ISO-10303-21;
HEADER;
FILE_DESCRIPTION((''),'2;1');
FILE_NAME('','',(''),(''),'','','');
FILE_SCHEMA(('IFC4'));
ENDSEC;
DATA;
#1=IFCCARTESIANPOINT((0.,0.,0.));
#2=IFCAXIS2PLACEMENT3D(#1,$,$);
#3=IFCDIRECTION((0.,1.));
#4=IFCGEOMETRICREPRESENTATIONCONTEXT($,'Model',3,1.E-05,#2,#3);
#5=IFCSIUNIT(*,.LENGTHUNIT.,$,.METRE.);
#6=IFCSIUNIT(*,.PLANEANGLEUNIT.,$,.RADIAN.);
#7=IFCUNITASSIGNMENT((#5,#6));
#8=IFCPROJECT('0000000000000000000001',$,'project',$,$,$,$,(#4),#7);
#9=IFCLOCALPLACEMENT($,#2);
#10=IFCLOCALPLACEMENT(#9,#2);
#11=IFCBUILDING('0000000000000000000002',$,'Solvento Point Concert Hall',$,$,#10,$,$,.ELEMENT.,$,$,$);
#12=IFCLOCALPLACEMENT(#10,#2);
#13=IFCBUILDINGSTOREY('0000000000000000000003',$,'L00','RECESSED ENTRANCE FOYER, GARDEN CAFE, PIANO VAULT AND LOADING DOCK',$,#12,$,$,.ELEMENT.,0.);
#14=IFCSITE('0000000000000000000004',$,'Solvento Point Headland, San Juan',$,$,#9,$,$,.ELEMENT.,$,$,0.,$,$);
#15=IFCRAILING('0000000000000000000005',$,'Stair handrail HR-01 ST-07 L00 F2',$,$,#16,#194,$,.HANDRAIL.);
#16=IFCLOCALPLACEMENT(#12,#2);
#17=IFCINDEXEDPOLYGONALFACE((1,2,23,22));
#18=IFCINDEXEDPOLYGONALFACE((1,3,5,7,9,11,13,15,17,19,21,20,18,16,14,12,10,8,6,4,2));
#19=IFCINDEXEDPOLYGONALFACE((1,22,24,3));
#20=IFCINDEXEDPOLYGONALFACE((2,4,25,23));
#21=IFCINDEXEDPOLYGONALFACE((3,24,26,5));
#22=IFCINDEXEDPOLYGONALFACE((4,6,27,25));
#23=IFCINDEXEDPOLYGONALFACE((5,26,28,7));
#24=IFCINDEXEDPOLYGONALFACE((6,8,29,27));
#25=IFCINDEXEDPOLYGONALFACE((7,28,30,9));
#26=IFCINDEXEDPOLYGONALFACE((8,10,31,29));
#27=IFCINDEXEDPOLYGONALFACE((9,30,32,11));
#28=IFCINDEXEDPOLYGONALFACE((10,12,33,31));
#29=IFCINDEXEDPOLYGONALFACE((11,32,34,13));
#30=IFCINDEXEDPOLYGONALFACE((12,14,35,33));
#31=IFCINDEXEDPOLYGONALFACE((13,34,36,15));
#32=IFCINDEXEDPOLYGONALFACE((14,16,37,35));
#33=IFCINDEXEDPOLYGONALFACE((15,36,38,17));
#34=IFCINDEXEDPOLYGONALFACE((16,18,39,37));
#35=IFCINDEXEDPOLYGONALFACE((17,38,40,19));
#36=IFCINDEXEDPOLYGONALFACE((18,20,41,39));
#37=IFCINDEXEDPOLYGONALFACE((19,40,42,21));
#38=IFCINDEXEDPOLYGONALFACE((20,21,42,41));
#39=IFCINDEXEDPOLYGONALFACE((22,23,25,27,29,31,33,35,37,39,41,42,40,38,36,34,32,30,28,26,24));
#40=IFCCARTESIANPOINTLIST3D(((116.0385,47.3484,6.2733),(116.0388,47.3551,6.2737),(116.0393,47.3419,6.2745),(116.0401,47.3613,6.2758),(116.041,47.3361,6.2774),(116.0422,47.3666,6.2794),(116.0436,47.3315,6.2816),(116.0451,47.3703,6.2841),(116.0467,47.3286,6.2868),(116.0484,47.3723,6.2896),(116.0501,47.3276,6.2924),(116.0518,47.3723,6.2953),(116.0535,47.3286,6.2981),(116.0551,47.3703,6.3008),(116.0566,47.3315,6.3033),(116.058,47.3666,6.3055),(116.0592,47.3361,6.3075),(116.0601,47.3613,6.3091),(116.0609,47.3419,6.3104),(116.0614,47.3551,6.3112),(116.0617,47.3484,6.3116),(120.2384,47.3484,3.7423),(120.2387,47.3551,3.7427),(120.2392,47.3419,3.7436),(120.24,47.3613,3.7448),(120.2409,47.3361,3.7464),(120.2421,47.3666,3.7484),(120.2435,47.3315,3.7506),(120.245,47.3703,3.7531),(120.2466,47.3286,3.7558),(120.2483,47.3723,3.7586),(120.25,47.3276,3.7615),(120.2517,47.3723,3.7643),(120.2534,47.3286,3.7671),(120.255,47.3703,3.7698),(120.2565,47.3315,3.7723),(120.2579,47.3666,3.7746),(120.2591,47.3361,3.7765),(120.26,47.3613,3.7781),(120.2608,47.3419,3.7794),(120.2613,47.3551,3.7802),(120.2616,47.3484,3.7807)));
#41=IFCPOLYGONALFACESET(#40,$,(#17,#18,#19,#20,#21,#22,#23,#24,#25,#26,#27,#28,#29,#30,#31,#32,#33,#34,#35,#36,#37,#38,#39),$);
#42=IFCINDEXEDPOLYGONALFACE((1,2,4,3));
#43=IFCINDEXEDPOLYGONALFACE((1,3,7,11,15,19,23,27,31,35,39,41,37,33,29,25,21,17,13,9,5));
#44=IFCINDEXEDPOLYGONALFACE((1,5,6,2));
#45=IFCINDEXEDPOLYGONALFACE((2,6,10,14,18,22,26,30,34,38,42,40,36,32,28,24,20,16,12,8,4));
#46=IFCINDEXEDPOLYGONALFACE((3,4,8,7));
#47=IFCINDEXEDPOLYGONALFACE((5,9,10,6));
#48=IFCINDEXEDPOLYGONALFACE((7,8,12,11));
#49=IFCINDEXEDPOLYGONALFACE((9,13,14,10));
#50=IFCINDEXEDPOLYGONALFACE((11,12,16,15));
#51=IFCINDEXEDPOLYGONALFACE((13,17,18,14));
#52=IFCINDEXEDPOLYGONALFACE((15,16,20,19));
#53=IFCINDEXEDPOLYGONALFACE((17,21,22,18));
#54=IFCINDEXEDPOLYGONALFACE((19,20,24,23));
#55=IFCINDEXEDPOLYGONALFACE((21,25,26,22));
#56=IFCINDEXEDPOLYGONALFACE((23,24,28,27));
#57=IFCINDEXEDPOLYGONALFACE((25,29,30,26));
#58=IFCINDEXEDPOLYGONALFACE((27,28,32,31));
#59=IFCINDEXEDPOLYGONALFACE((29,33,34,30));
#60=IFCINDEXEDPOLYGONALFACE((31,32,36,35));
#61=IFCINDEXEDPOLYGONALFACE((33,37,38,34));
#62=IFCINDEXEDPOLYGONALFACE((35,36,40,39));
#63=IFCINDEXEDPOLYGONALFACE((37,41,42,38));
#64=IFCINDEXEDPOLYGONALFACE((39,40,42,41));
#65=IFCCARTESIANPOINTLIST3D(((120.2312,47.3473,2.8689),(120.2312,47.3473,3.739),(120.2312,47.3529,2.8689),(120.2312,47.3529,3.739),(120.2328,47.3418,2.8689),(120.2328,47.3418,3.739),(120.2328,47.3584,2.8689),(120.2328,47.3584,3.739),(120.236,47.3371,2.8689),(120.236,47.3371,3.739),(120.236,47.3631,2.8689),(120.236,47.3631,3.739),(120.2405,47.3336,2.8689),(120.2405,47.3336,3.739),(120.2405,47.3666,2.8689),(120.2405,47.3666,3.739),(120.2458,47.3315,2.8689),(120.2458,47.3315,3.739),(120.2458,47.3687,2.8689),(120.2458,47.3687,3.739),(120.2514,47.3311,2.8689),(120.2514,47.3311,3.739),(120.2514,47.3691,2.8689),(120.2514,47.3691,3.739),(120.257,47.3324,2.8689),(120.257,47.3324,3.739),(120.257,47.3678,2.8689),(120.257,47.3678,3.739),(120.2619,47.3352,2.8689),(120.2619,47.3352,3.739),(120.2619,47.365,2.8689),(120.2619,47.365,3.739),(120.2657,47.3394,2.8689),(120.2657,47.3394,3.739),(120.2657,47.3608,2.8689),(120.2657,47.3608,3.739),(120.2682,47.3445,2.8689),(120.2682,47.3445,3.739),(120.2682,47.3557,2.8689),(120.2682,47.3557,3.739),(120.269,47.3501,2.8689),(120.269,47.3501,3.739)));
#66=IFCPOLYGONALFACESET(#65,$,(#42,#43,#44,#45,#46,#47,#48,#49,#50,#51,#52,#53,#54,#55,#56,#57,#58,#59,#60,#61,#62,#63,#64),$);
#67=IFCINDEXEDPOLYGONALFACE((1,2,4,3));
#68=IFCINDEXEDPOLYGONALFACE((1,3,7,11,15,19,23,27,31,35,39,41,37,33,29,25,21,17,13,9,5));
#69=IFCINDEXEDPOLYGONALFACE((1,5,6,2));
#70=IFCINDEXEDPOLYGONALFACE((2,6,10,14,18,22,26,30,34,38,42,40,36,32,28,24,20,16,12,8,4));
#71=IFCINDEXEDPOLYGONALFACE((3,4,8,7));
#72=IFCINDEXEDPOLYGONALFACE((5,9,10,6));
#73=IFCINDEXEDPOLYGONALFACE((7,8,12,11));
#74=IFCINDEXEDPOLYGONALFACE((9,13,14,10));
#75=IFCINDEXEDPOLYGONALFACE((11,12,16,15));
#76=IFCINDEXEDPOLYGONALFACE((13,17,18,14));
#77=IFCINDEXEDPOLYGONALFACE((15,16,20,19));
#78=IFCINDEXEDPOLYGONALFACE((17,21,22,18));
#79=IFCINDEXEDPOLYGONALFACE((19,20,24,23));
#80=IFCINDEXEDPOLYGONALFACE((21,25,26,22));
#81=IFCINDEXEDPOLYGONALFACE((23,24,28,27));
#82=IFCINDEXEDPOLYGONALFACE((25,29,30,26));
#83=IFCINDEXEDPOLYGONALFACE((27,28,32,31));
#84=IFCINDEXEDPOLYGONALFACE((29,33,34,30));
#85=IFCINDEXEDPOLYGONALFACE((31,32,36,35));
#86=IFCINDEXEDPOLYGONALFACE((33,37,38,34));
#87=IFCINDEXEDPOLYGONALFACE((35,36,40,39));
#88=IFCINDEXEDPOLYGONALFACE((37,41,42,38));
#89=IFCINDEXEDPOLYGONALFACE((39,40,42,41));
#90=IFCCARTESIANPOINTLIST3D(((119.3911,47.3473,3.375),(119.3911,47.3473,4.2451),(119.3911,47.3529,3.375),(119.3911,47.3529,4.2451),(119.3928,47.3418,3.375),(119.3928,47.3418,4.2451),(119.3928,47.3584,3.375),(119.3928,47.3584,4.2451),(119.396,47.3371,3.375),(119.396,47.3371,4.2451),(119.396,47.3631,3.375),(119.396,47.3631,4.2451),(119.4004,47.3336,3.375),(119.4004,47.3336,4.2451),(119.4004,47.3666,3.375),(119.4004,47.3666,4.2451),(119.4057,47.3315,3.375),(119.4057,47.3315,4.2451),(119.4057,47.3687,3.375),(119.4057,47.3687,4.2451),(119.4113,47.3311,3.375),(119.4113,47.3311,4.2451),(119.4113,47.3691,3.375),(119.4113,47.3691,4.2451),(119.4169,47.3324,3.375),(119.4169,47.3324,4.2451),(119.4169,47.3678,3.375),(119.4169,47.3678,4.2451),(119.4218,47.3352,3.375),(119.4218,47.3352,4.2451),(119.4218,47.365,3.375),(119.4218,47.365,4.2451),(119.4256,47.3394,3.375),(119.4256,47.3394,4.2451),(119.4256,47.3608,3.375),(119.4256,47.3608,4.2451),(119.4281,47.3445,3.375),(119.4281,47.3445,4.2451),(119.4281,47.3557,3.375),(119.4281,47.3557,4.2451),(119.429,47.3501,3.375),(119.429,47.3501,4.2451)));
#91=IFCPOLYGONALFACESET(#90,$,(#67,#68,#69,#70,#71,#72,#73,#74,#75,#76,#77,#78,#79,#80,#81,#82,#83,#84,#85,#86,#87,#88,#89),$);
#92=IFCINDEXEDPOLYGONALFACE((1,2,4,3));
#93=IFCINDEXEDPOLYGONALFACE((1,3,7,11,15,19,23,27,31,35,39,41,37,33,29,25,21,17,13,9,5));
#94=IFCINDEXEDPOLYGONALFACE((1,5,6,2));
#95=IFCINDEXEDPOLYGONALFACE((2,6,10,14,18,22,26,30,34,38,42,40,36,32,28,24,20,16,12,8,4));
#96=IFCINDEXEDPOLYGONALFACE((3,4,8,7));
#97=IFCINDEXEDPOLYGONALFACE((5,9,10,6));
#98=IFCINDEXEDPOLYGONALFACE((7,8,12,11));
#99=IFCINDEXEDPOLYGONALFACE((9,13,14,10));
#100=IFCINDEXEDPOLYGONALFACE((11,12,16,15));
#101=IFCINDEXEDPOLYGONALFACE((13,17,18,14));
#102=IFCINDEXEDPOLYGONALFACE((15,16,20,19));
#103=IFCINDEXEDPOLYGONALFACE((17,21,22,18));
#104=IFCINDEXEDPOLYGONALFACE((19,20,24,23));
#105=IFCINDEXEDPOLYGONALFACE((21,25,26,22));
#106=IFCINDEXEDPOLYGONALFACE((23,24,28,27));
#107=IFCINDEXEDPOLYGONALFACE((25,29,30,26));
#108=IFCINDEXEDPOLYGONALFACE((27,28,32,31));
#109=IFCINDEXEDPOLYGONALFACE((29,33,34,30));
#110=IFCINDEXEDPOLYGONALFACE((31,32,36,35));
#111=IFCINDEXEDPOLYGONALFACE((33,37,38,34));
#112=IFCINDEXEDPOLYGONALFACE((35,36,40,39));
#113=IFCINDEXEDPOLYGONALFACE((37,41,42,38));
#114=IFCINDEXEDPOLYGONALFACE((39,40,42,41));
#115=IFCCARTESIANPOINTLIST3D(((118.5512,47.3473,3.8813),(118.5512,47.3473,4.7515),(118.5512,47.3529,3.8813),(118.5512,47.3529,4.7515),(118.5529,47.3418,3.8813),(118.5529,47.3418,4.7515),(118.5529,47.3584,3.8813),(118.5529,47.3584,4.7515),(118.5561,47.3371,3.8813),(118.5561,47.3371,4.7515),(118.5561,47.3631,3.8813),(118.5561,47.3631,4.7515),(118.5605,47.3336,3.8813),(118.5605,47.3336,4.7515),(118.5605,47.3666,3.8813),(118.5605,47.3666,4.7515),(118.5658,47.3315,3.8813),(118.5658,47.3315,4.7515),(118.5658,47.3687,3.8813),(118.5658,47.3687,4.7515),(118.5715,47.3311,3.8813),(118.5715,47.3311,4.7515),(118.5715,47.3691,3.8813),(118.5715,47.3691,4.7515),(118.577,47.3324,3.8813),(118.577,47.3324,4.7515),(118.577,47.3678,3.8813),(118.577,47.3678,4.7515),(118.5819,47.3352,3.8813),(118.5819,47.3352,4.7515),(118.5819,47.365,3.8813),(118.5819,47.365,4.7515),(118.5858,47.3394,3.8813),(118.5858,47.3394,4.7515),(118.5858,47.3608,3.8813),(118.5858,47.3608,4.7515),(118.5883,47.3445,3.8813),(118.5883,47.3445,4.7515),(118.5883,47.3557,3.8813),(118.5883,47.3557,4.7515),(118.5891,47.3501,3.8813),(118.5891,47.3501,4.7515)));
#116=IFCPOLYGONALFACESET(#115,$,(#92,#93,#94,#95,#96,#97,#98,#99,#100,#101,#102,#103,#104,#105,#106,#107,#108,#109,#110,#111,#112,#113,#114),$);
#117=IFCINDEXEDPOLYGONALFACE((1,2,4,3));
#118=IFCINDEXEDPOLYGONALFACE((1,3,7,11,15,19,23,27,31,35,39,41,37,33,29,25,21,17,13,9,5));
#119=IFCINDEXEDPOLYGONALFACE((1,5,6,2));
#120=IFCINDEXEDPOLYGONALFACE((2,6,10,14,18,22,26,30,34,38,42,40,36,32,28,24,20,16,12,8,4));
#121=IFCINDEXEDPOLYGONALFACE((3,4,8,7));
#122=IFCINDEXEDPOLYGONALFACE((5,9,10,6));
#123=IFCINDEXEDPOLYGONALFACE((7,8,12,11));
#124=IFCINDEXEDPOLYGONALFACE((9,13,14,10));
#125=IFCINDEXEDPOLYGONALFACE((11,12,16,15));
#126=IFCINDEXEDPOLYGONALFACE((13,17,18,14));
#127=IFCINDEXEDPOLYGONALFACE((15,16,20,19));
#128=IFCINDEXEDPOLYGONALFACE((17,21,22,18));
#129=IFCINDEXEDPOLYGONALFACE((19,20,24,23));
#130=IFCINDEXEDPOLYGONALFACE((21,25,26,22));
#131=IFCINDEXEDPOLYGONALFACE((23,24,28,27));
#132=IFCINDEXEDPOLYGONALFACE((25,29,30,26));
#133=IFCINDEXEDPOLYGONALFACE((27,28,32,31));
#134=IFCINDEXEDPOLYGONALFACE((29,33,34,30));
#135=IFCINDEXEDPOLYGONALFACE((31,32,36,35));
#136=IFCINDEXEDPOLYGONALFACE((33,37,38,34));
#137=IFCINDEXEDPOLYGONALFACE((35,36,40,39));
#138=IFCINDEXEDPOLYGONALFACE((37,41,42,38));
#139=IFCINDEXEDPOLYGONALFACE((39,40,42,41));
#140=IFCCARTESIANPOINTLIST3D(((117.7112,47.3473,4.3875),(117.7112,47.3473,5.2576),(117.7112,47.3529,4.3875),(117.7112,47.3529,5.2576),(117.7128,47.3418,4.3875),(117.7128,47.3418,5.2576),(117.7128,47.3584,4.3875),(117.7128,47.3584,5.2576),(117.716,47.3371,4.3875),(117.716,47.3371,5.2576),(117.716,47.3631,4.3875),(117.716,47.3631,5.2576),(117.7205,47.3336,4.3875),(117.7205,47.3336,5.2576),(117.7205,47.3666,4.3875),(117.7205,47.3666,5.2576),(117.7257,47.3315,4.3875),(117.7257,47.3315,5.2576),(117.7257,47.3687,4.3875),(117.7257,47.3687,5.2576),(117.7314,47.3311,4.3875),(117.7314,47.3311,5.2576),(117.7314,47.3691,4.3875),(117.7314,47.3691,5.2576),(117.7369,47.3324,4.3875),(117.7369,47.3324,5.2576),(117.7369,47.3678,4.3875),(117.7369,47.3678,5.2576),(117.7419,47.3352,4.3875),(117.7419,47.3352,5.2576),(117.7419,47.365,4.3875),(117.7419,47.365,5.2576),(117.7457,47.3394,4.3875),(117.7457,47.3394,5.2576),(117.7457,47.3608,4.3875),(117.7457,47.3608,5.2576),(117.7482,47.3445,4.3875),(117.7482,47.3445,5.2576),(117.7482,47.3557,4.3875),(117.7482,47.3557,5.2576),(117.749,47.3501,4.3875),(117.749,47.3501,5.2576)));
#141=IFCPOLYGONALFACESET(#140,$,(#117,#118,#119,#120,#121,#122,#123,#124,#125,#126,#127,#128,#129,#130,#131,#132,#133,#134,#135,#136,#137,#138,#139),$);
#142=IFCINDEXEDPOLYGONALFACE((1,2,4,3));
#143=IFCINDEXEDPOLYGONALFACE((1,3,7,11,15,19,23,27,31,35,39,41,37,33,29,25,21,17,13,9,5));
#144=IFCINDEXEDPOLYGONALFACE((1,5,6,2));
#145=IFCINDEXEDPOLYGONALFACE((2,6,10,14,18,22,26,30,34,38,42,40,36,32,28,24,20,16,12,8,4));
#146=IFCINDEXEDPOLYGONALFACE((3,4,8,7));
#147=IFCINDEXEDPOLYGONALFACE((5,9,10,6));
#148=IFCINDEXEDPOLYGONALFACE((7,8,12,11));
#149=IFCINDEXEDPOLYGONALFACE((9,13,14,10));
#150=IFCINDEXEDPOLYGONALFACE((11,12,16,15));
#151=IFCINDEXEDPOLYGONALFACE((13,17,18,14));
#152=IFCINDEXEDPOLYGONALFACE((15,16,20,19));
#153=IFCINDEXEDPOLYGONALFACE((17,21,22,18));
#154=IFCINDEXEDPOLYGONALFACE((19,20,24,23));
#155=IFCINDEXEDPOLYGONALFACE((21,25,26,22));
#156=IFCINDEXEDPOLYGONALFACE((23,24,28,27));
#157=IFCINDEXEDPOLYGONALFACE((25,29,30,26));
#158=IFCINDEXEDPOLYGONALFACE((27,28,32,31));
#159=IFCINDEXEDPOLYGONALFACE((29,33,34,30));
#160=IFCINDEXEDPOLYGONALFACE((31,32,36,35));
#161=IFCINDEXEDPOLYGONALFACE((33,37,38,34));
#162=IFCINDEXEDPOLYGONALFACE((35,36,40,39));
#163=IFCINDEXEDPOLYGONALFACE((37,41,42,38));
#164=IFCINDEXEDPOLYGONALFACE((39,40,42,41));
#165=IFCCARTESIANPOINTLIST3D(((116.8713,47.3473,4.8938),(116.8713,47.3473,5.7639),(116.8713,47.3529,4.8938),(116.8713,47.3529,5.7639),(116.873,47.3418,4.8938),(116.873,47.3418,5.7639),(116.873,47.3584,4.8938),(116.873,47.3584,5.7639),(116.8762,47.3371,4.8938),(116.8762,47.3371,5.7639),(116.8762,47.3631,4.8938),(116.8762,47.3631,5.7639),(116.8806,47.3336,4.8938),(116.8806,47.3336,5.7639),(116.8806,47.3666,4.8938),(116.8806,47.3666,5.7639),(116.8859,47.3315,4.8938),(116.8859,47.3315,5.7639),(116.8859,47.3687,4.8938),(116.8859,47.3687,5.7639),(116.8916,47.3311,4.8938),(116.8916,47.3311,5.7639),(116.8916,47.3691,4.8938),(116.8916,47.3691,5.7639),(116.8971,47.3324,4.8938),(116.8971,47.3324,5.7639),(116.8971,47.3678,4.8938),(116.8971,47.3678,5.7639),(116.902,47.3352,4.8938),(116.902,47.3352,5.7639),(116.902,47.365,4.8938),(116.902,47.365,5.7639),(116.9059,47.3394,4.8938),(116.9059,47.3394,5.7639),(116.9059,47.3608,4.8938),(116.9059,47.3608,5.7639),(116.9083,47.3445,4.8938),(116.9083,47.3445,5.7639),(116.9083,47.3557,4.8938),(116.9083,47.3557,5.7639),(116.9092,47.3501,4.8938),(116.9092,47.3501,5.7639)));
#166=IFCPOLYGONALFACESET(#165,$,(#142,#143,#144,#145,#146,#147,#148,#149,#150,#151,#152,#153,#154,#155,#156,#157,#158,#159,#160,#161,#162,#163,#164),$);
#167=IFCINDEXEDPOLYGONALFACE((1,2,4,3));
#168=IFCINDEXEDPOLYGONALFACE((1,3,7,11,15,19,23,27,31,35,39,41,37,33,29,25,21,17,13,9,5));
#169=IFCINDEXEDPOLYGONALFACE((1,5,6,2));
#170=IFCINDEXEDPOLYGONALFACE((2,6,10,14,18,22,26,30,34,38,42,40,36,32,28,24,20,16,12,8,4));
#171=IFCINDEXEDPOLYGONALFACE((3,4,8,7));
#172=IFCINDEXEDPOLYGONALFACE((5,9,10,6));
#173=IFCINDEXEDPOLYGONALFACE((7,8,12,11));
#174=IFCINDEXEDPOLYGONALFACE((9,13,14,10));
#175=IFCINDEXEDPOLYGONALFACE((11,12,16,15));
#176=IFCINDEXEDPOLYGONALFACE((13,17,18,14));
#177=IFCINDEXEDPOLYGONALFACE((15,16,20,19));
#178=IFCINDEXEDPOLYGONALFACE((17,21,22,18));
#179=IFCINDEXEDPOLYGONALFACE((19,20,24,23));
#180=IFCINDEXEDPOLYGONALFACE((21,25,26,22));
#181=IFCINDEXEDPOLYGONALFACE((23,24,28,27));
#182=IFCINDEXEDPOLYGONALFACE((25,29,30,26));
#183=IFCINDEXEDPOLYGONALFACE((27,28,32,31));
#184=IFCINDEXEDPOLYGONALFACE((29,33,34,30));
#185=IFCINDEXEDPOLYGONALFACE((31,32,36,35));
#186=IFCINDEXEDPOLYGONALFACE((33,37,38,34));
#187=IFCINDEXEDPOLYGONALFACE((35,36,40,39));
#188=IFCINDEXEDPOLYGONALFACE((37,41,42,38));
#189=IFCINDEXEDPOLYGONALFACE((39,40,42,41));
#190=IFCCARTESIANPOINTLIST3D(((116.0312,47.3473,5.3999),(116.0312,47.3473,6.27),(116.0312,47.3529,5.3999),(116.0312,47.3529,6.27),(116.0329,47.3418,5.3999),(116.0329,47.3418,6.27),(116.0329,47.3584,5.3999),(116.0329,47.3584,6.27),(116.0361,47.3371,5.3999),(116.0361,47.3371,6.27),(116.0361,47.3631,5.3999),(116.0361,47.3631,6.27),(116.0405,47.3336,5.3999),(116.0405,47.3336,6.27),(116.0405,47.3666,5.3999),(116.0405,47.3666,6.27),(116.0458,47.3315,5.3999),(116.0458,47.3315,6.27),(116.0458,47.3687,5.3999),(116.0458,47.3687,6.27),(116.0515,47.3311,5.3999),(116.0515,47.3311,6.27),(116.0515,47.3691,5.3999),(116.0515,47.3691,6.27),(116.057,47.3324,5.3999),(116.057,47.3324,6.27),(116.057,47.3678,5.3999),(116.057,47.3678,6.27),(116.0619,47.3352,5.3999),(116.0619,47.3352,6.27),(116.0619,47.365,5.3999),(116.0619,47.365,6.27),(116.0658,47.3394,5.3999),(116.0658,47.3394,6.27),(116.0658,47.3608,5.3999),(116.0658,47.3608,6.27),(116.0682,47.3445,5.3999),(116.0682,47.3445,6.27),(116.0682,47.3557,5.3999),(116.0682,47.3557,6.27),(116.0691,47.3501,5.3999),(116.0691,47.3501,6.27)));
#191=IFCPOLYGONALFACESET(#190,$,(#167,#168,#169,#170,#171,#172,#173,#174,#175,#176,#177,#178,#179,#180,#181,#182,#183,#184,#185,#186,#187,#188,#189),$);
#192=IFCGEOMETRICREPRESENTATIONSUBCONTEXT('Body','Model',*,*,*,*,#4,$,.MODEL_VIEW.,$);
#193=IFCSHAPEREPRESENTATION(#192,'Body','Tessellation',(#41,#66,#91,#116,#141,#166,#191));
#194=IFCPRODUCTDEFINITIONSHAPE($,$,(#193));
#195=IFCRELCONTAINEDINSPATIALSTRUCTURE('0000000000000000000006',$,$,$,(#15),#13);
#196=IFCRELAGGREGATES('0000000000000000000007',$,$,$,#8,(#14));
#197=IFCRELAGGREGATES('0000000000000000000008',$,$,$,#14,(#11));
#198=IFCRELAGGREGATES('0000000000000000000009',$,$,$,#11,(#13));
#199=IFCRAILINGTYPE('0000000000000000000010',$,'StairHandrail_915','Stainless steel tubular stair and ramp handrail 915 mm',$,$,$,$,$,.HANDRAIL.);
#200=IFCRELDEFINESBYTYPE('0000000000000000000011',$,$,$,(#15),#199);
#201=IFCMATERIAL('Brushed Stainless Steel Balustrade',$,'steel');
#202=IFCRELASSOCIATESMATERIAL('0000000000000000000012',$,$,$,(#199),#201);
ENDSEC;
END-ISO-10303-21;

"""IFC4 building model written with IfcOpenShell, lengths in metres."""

from ifc_helpers import new_model, si_unit, direction, frame, origin, origin_2d, place, context, subcontext, project, spatial, circle, extrude, material, type_object, element, save


model = new_model("IFC4")

# Units and contexts
model_context = context("Model", 3, precision=1e-05, world=origin(), true_north=direction((0.0, 1.0)))
body_context = subcontext(model_context, "Body", "Model", "MODEL_VIEW")
ifc_project = project(units=[si_unit("LENGTHUNIT", "METRE"), si_unit("PLANEANGLEUNIT", "RADIAN")], contexts=[model_context])

# Site, building, storey
site_placement = place(None, origin())
site = spatial("IfcSite", under=ifc_project, at=site_placement, Name="Solvento Point Headland, San Juan", CompositionType="ELEMENT", RefElevation=0.0)
building_placement = place(site_placement, origin())
building = spatial("IfcBuilding", under=site, at=building_placement, Name="Solvento Point Concert Hall", CompositionType="ELEMENT")
storey_placement = place(building_placement, origin())
storey = spatial("IfcBuildingStorey", under=building, at=storey_placement, Name="L00", Description="RECESSED ENTRANCE FOYER, GARDEN CAFE, PIANO VAULT AND LOADING DOCK", CompositionType="ELEMENT", Elevation=0.0)

# Railing
ifc_material_1 = material(Name="Brushed Stainless Steel Balustrade", Category="steel")
railing_type_1 = type_object("IfcRailingType", Name="StairHandrail_915", Description="Stainless steel tubular stair and ramp handrail 915 mm", PredefinedType="HANDRAIL", material=ifc_material_1)
railing_1_placement = place(storey_placement, frame((120.25, 47.3501, 2.8689)))
element("IfcRailing", 1, at=railing_1_placement, inside=storey, type_object=railing_type_1, Name="Stair handrail HR-01 ST-07 L00 F2", PredefinedType="HANDRAIL", context=body_context, shape_type="SweptSolid", body=[
    extrude(circle(Radius=0.0225, at=origin_2d()), frame((0.0, 0.0, 0.8926), z_axis=(-0.856499, 0.0, 0.51615), x_axis=(0.0, -1.0, 0.0)), (0.0, 0.0, 1.0), 4.9036),
    extrude(circle(Radius=0.019, at=origin_2d()), origin(), (0.0, 0.0, 1.0), 0.8701),
    extrude(circle(Radius=0.019, at=origin_2d()), frame((-0.8401, 0.0, 0.5061)), (0.0, 0.0, 1.0), 0.8701),
    extrude(circle(Radius=0.019, at=origin_2d()), frame((-1.6799, 0.0, 1.0125)), (0.0, 0.0, 1.0), 0.8701),
    extrude(circle(Radius=0.019, at=origin_2d()), frame((-2.52, 0.0, 1.5186)), (0.0, 0.0, 1.0), 0.8701),
    extrude(circle(Radius=0.019, at=origin_2d()), frame((-3.3599, 0.0, 2.0249)), (0.0, 0.0, 1.0), 0.8701),
    extrude(circle(Radius=0.019, at=origin_2d()), frame((-4.2, 0.0, 2.531)), (0.0, 0.0, 1.0), 0.8701),
])

save(model, "model.ifc")
